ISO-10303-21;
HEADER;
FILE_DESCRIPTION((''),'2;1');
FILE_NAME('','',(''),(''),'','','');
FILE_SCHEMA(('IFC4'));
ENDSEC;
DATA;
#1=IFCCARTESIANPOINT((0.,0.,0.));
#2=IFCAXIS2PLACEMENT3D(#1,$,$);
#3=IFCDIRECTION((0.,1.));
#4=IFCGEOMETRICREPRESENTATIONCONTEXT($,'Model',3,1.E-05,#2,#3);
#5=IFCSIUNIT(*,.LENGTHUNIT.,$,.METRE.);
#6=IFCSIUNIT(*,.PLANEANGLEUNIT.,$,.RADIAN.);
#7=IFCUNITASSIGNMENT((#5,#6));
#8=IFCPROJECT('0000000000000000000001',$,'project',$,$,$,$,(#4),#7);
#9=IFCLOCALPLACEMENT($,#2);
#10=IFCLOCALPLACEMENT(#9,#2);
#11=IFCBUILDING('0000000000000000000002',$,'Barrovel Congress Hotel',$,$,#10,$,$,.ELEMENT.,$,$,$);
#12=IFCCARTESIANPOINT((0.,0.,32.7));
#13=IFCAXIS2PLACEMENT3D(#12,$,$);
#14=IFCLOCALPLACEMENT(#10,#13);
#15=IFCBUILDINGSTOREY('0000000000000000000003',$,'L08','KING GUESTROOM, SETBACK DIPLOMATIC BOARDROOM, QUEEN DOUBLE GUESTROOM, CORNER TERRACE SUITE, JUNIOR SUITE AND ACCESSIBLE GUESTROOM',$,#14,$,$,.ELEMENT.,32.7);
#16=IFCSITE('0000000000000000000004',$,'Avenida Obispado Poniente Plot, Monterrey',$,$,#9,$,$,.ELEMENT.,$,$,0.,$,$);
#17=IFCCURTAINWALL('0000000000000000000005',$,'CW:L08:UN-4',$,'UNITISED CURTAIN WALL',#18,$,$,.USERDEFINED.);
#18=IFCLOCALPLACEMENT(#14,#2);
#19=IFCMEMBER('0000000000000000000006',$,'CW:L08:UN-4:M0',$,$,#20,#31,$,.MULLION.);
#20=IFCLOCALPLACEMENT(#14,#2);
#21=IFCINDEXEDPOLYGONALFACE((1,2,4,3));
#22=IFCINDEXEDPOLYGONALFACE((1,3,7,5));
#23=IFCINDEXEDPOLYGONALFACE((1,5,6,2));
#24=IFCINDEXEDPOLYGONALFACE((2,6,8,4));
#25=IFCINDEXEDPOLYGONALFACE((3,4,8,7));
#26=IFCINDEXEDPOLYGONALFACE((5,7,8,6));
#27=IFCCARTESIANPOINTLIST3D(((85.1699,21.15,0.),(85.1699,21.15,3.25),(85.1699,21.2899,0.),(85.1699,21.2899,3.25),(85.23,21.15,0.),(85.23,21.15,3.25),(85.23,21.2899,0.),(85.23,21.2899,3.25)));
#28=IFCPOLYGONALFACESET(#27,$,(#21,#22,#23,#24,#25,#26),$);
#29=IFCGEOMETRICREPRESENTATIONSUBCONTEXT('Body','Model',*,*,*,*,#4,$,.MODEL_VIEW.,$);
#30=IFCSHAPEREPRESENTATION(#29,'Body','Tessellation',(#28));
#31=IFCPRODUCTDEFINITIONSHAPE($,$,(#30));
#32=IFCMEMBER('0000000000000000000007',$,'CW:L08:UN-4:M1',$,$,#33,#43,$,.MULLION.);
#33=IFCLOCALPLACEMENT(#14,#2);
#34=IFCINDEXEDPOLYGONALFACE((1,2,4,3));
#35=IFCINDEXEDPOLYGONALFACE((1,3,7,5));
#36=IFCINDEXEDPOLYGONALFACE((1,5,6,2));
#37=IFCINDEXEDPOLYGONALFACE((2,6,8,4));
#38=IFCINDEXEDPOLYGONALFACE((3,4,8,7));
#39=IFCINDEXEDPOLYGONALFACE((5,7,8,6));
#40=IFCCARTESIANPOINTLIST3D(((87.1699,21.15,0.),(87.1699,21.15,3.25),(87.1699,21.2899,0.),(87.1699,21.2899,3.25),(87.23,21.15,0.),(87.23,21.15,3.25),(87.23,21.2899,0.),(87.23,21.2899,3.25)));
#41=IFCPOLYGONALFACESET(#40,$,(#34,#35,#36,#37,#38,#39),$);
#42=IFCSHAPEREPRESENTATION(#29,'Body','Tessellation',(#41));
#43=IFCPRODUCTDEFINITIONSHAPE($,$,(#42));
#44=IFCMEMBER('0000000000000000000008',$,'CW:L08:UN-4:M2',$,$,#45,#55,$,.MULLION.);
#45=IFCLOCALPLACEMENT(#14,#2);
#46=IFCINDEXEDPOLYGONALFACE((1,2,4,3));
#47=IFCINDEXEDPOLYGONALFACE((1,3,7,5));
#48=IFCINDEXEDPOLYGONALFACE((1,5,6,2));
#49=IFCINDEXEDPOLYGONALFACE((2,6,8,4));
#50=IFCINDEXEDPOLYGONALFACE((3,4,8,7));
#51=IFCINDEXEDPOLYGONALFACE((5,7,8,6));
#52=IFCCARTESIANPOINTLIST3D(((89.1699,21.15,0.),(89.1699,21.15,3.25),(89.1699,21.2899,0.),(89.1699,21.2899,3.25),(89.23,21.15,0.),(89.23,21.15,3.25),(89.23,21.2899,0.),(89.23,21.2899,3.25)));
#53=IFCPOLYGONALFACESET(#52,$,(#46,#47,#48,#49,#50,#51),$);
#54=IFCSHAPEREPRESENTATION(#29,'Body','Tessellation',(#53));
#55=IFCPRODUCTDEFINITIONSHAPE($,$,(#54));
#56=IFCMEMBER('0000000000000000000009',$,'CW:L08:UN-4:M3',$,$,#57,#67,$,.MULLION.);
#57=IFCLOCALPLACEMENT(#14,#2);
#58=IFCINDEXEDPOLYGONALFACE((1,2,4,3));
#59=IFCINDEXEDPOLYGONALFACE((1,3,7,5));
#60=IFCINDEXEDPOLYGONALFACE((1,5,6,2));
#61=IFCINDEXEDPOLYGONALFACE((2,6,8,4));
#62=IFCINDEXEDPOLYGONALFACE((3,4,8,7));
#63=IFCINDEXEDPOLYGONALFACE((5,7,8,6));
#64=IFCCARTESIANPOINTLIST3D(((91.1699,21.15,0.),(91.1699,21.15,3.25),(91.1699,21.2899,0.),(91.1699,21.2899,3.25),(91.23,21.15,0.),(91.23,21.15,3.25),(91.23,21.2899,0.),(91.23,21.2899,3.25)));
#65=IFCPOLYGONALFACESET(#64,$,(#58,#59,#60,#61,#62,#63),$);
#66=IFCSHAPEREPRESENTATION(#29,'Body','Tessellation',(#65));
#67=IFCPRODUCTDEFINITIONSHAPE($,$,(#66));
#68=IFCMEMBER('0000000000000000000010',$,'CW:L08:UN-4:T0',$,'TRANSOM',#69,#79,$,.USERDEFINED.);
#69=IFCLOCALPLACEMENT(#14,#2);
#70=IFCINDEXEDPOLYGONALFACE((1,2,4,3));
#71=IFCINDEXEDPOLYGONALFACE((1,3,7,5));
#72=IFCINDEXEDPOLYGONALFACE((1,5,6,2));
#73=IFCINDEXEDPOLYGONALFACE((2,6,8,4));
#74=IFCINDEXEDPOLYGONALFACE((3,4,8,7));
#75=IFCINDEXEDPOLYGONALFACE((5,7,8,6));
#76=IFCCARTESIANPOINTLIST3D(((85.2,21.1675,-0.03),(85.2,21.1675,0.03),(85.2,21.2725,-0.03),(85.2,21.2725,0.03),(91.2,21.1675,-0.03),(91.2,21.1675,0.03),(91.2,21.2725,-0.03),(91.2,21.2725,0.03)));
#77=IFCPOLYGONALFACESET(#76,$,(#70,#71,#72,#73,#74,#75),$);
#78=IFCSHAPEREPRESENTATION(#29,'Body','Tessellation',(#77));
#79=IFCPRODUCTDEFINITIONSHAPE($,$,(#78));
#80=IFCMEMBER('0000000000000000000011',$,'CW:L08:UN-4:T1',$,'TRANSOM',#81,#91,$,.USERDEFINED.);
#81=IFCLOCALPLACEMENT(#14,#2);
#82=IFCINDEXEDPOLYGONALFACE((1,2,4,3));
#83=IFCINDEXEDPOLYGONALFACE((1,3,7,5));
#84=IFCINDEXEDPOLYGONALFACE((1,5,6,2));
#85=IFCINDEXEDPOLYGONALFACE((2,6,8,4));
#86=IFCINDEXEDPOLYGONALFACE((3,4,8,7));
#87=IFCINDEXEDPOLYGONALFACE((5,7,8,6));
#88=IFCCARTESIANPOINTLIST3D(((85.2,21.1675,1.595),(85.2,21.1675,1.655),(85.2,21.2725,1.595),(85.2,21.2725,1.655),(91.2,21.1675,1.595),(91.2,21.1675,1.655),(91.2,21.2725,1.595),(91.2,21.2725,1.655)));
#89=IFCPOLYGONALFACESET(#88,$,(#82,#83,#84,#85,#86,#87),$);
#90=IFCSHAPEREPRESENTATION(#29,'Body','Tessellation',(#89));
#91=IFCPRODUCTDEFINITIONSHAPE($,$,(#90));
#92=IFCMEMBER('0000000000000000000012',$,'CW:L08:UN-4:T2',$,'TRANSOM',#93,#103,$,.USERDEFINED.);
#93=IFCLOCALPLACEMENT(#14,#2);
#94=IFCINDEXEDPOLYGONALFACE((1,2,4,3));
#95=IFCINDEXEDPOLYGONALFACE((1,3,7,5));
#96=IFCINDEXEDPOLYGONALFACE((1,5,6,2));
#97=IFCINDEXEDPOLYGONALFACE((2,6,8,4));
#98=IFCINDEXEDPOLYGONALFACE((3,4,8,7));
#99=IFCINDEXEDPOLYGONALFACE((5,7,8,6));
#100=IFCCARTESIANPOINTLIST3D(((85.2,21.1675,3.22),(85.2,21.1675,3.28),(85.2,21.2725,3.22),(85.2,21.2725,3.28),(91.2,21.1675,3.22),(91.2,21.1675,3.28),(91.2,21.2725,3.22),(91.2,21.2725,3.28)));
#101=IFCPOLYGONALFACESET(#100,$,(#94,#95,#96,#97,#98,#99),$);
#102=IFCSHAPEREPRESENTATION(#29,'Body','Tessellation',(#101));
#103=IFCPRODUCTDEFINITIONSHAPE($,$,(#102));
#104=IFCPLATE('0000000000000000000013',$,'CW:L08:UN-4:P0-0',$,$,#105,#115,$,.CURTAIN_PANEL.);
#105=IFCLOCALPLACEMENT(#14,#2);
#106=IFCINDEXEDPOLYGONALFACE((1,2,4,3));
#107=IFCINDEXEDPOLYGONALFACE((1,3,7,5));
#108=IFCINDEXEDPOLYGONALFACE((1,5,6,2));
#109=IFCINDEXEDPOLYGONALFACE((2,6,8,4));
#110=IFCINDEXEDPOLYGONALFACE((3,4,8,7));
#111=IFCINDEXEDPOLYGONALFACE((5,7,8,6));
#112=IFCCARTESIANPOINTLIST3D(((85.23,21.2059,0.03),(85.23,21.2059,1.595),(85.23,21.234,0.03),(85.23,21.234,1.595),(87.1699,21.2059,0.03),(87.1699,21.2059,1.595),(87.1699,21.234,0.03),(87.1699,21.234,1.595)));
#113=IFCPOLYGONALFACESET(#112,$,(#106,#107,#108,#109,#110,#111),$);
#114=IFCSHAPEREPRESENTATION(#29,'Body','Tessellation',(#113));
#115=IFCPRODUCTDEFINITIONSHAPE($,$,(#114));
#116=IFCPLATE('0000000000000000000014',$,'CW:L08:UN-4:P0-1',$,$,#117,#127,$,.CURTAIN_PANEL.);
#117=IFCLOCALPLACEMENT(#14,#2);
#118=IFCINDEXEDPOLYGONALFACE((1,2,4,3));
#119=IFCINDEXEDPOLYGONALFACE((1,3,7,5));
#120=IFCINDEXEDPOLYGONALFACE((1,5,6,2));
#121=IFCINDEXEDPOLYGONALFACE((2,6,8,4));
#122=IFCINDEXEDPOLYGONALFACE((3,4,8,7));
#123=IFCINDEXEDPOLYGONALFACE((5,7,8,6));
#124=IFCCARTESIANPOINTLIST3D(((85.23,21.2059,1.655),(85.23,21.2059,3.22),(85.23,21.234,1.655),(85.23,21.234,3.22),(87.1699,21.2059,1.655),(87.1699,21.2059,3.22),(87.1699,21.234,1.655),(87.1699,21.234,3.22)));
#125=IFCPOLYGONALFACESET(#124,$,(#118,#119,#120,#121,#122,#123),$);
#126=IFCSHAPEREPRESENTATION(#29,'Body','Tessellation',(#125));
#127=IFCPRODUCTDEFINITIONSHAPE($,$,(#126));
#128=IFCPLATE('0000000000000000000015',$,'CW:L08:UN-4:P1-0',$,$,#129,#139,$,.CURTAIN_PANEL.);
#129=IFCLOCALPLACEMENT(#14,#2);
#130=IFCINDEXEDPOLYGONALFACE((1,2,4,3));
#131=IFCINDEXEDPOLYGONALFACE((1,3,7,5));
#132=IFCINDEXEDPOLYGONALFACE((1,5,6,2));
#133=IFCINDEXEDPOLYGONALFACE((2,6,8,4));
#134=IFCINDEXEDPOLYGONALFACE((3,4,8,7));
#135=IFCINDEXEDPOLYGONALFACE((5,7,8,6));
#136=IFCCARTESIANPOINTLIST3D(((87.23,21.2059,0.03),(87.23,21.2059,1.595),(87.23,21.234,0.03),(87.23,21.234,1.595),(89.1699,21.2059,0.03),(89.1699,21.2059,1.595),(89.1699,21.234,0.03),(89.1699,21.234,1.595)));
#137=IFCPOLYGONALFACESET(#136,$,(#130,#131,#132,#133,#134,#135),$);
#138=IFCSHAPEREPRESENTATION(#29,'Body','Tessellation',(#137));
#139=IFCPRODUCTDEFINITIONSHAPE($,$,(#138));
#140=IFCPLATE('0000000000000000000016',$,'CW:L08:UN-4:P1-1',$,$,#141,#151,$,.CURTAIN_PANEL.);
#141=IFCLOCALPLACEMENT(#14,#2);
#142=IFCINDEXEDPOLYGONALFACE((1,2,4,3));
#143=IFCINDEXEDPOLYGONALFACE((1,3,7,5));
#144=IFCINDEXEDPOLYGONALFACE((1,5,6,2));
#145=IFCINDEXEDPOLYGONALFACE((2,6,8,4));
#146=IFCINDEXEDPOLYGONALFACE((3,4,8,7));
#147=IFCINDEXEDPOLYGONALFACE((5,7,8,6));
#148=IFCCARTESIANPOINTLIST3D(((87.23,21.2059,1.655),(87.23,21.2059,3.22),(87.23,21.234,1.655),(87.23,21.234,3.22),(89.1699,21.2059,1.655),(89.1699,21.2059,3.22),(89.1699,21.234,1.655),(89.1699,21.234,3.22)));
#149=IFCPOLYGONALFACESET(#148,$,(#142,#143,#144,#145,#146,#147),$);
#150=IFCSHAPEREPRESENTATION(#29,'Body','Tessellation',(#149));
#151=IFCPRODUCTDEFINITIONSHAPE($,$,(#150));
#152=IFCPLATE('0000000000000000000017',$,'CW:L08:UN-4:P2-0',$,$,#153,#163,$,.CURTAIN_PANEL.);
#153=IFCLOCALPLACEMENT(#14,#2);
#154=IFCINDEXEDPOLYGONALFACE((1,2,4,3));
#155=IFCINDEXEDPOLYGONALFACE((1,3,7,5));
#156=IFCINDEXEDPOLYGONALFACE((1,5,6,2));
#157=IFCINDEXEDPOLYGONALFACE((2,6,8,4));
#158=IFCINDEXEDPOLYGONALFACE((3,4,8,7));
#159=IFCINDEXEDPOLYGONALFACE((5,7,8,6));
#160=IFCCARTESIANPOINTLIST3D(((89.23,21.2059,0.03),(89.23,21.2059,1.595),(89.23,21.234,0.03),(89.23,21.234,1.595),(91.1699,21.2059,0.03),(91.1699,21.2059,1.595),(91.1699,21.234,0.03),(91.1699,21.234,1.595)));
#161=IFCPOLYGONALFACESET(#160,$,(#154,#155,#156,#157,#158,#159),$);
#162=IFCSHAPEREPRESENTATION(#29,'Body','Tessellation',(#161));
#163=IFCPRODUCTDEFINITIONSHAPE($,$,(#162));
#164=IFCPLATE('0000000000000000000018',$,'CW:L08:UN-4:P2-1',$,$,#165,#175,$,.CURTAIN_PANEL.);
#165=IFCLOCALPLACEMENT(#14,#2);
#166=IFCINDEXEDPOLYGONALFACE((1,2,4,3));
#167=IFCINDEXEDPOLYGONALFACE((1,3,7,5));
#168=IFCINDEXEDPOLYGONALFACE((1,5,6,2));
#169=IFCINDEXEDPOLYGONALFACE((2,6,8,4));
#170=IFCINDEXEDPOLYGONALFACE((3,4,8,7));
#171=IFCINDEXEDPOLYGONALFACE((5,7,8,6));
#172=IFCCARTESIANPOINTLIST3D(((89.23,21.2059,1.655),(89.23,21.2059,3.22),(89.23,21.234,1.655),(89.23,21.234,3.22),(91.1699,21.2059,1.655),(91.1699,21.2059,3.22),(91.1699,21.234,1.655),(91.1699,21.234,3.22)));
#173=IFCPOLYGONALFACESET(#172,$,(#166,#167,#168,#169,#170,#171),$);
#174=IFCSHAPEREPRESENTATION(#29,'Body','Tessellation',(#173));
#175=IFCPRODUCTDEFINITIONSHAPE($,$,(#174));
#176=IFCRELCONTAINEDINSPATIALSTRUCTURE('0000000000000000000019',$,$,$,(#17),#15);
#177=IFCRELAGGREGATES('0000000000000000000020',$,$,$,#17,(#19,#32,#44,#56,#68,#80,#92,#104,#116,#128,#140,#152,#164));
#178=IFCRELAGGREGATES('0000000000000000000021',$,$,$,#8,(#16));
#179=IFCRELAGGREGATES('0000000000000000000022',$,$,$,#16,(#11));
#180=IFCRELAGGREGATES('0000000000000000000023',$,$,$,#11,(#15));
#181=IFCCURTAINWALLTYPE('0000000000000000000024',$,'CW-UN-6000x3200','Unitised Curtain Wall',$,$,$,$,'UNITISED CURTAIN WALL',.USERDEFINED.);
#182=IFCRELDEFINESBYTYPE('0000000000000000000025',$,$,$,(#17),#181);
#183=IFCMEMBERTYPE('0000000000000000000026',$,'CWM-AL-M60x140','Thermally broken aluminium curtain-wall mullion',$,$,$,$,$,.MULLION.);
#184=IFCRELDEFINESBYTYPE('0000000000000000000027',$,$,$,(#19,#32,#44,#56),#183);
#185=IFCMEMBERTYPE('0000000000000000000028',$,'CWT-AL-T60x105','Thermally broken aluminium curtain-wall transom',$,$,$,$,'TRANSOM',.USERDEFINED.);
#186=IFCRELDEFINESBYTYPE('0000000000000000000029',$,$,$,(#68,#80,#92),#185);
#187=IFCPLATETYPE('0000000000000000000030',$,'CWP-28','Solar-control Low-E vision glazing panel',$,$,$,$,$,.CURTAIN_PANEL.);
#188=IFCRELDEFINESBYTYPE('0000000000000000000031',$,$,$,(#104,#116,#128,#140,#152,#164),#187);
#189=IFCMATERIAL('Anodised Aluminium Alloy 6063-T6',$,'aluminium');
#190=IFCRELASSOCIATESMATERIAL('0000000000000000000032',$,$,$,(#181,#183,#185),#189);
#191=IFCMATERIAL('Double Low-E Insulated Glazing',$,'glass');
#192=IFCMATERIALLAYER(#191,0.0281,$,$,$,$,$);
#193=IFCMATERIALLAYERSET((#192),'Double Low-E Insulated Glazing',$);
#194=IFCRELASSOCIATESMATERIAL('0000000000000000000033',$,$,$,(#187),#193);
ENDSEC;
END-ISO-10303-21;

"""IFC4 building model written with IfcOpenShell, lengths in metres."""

from ifc_helpers import new_model, si_unit, direction, frame, origin, origin_2d, place, context, subcontext, project, spatial, rectangle, extrude, material, layer, layer_set, material_profile, profile_set, type_object, element, aggregate, save


model = new_model("IFC4")

# Units and contexts
model_context = context("Model", 3, precision=1e-05, world=origin(), true_north=direction((0.0, 1.0)))
body_context = subcontext(model_context, "Body", "Model", "MODEL_VIEW")
ifc_project = project(units=[si_unit("LENGTHUNIT", "METRE"), si_unit("PLANEANGLEUNIT", "RADIAN")], contexts=[model_context])

# Site, building, storey
site_placement = place(None, origin())
site = spatial("IfcSite", under=ifc_project, at=site_placement, Name="Avenida Obispado Poniente Plot, Monterrey", CompositionType="ELEMENT", RefElevation=0.0)
building_placement = place(site_placement, origin())
building = spatial("IfcBuilding", under=site, at=building_placement, Name="Barrovel Congress Hotel", CompositionType="ELEMENT")
storey_placement = place(building_placement, frame((0.0, 0.0, 32.7)))
storey = spatial("IfcBuildingStorey", under=building, at=storey_placement, Name="L08", Description="KING GUESTROOM, SETBACK DIPLOMATIC BOARDROOM, QUEEN DOUBLE GUESTROOM, CORNER TERRACE SUITE, JUNIOR SUITE AND ACCESSIBLE GUESTROOM", CompositionType="ELEMENT", Elevation=32.7)

# Curtain wall, members, plates
ifc_material_1 = material(Name="Anodised Aluminium Alloy 6063-T6", Category="aluminium")
curtain_wall_type = type_object("IfcCurtainWallType", Name="CW-UN-6000x3200", Description="Unitised Curtain Wall", ElementType="UNITISED CURTAIN WALL", PredefinedType="USERDEFINED", material=ifc_material_1)
curtain_wall_placement = place(storey_placement, origin())
curtain_wall = element("IfcCurtainWall", 1, at=curtain_wall_placement, inside=storey, type_object=curtain_wall_type, Name="CW:L08:UN-4", ObjectType="UNITISED CURTAIN WALL", PredefinedType="USERDEFINED")
ifc_material_profile_1 = material_profile(ifc_material_1, rectangle(XDim=0.0601, YDim=0.1399, at=origin_2d()), Name="AL-M60x140")
ifc_profile_set_1 = profile_set([ifc_material_profile_1], Name="Anodised Aluminium Alloy 6063-T6")
member_type_1 = type_object("IfcMemberType", Name="CWM-AL-M60x140", Description="Thermally broken aluminium curtain-wall mullion", PredefinedType="MULLION", material=ifc_profile_set_1)
member_1_placement = place(storey_placement, frame((85.2, 21.22, 0.0), z_axis=(0.0, 0.0, 1.0), x_axis=(1.0, 0.0, 0.0)))
member_1 = element("IfcMember", 2, at=member_1_placement, type_object=member_type_1, Name="CW:L08:UN-4:M0", PredefinedType="MULLION", context=body_context, shape_type="SweptSolid", body=[
    extrude(rectangle(XDim=0.0601, YDim=0.1399, at=origin_2d()), origin(), (0.0, 0.0, 1.0), 3.25),
])
member_2_placement = place(storey_placement, frame((87.2, 21.22, 0.0), z_axis=(0.0, 0.0, 1.0), x_axis=(1.0, 0.0, 0.0)))
member_2 = element("IfcMember", 3, at=member_2_placement, type_object=member_type_1, Name="CW:L08:UN-4:M1", PredefinedType="MULLION", context=body_context, shape_type="SweptSolid", body=[
    extrude(rectangle(XDim=0.0601, YDim=0.1399, at=origin_2d()), origin(), (0.0, 0.0, 1.0), 3.25),
])
member_3_placement = place(storey_placement, frame((89.2, 21.22, 0.0), z_axis=(0.0, 0.0, 1.0), x_axis=(1.0, 0.0, 0.0)))
member_3 = element("IfcMember", 4, at=member_3_placement, type_object=member_type_1, Name="CW:L08:UN-4:M2", PredefinedType="MULLION", context=body_context, shape_type="SweptSolid", body=[
    extrude(rectangle(XDim=0.0601, YDim=0.1399, at=origin_2d()), origin(), (0.0, 0.0, 1.0), 3.25),
])
member_4_placement = place(storey_placement, frame((91.2, 21.22, 0.0), z_axis=(0.0, 0.0, 1.0), x_axis=(1.0, 0.0, 0.0)))
member_4 = element("IfcMember", 5, at=member_4_placement, type_object=member_type_1, Name="CW:L08:UN-4:M3", PredefinedType="MULLION", context=body_context, shape_type="SweptSolid", body=[
    extrude(rectangle(XDim=0.0601, YDim=0.1399, at=origin_2d()), origin(), (0.0, 0.0, 1.0), 3.25),
])
ifc_material_profile_2 = material_profile(ifc_material_1, rectangle(XDim=0.105, YDim=0.0601, at=origin_2d()), Name="AL-T60x105")
ifc_profile_set_2 = profile_set([ifc_material_profile_2], Name="Anodised Aluminium Alloy 6063-T6")
member_type_2 = type_object("IfcMemberType", Name="CWT-AL-T60x105", Description="Thermally broken aluminium curtain-wall transom", ElementType="TRANSOM", PredefinedType="USERDEFINED", material=ifc_profile_set_2)
member_5_placement = place(storey_placement, frame((85.2, 21.22, 0.0), z_axis=(1.0, 0.0, 0.0), x_axis=(0.0, 1.0, 0.0)))
member_5 = element("IfcMember", 6, at=member_5_placement, type_object=member_type_2, Name="CW:L08:UN-4:T0", ObjectType="TRANSOM", PredefinedType="USERDEFINED", context=body_context, shape_type="SweptSolid", body=[
    extrude(rectangle(XDim=0.105, YDim=0.0601, at=origin_2d()), origin(), (0.0, 0.0, 1.0), 6.0),
])
member_6_placement = place(storey_placement, frame((85.2, 21.22, 1.625), z_axis=(1.0, 0.0, 0.0), x_axis=(0.0, 1.0, 0.0)))
member_6 = element("IfcMember", 7, at=member_6_placement, type_object=member_type_2, Name="CW:L08:UN-4:T1", ObjectType="TRANSOM", PredefinedType="USERDEFINED", context=body_context, shape_type="SweptSolid", body=[
    extrude(rectangle(XDim=0.105, YDim=0.0601, at=origin_2d()), origin(), (0.0, 0.0, 1.0), 6.0),
])
member_7_placement = place(storey_placement, frame((85.2, 21.22, 3.25), z_axis=(1.0, 0.0, 0.0), x_axis=(0.0, 1.0, 0.0)))
member_7 = element("IfcMember", 8, at=member_7_placement, type_object=member_type_2, Name="CW:L08:UN-4:T2", ObjectType="TRANSOM", PredefinedType="USERDEFINED", context=body_context, shape_type="SweptSolid", body=[
    extrude(rectangle(XDim=0.105, YDim=0.0601, at=origin_2d()), origin(), (0.0, 0.0, 1.0), 6.0),
])
ifc_material_2 = material(Name="Double Low-E Insulated Glazing", Category="glass")
ifc_layer_1 = layer(ifc_material_2, 0.0281)
ifc_layer_set_1 = layer_set([ifc_layer_1], Name="Double Low-E Insulated Glazing")
plate_type = type_object("IfcPlateType", Name="CWP-28", Description="Solar-control Low-E vision glazing panel", PredefinedType="CURTAIN_PANEL", material=ifc_layer_set_1)
plate_1_placement = place(storey_placement, frame((86.2, 21.22, 0.03), z_axis=(0.0, 0.0, 1.0), x_axis=(1.0, 0.0, 0.0)))
plate_1 = element("IfcPlate", 9, at=plate_1_placement, type_object=plate_type, Name="CW:L08:UN-4:P0-0", PredefinedType="CURTAIN_PANEL", context=body_context, shape_type="SweptSolid", body=[
    extrude(rectangle(XDim=1.9399, YDim=0.0281, at=origin_2d()), origin(), (0.0, 0.0, 1.0), 1.5649),
])
plate_2_placement = place(storey_placement, frame((86.2, 21.22, 1.655), z_axis=(0.0, 0.0, 1.0), x_axis=(1.0, 0.0, 0.0)))
plate_2 = element("IfcPlate", 10, at=plate_2_placement, type_object=plate_type, Name="CW:L08:UN-4:P0-1", PredefinedType="CURTAIN_PANEL", context=body_context, shape_type="SweptSolid", body=[
    extrude(rectangle(XDim=1.9399, YDim=0.0281, at=origin_2d()), origin(), (0.0, 0.0, 1.0), 1.5649),
])
plate_3_placement = place(storey_placement, frame((88.2, 21.22, 0.03), z_axis=(0.0, 0.0, 1.0), x_axis=(1.0, 0.0, 0.0)))
plate_3 = element("IfcPlate", 11, at=plate_3_placement, type_object=plate_type, Name="CW:L08:UN-4:P1-0", PredefinedType="CURTAIN_PANEL", context=body_context, shape_type="SweptSolid", body=[
    extrude(rectangle(XDim=1.9399, YDim=0.0281, at=origin_2d()), origin(), (0.0, 0.0, 1.0), 1.5649),
])
plate_4_placement = place(storey_placement, frame((88.2, 21.22, 1.655), z_axis=(0.0, 0.0, 1.0), x_axis=(1.0, 0.0, 0.0)))
plate_4 = element("IfcPlate", 12, at=plate_4_placement, type_object=plate_type, Name="CW:L08:UN-4:P1-1", PredefinedType="CURTAIN_PANEL", context=body_context, shape_type="SweptSolid", body=[
    extrude(rectangle(XDim=1.9399, YDim=0.0281, at=origin_2d()), origin(), (0.0, 0.0, 1.0), 1.5649),
])
plate_5_placement = place(storey_placement, frame((90.2, 21.22, 0.03), z_axis=(0.0, 0.0, 1.0), x_axis=(1.0, 0.0, 0.0)))
plate_5 = element("IfcPlate", 13, at=plate_5_placement, type_object=plate_type, Name="CW:L08:UN-4:P2-0", PredefinedType="CURTAIN_PANEL", context=body_context, shape_type="SweptSolid", body=[
    extrude(rectangle(XDim=1.9399, YDim=0.0281, at=origin_2d()), origin(), (0.0, 0.0, 1.0), 1.5649),
])
plate_6_placement = place(storey_placement, frame((90.2, 21.22, 1.655), z_axis=(0.0, 0.0, 1.0), x_axis=(1.0, 0.0, 0.0)))
plate_6 = element("IfcPlate", 14, at=plate_6_placement, type_object=plate_type, Name="CW:L08:UN-4:P2-1", PredefinedType="CURTAIN_PANEL", context=body_context, shape_type="SweptSolid", body=[
    extrude(rectangle(XDim=1.9399, YDim=0.0281, at=origin_2d()), origin(), (0.0, 0.0, 1.0), 1.5649),
])
aggregate(curtain_wall, [member_1, member_2, member_3, member_4, member_5, member_6, member_7, plate_1, plate_2, plate_3, plate_4, plate_5, plate_6])

save(model, "model.ifc")
